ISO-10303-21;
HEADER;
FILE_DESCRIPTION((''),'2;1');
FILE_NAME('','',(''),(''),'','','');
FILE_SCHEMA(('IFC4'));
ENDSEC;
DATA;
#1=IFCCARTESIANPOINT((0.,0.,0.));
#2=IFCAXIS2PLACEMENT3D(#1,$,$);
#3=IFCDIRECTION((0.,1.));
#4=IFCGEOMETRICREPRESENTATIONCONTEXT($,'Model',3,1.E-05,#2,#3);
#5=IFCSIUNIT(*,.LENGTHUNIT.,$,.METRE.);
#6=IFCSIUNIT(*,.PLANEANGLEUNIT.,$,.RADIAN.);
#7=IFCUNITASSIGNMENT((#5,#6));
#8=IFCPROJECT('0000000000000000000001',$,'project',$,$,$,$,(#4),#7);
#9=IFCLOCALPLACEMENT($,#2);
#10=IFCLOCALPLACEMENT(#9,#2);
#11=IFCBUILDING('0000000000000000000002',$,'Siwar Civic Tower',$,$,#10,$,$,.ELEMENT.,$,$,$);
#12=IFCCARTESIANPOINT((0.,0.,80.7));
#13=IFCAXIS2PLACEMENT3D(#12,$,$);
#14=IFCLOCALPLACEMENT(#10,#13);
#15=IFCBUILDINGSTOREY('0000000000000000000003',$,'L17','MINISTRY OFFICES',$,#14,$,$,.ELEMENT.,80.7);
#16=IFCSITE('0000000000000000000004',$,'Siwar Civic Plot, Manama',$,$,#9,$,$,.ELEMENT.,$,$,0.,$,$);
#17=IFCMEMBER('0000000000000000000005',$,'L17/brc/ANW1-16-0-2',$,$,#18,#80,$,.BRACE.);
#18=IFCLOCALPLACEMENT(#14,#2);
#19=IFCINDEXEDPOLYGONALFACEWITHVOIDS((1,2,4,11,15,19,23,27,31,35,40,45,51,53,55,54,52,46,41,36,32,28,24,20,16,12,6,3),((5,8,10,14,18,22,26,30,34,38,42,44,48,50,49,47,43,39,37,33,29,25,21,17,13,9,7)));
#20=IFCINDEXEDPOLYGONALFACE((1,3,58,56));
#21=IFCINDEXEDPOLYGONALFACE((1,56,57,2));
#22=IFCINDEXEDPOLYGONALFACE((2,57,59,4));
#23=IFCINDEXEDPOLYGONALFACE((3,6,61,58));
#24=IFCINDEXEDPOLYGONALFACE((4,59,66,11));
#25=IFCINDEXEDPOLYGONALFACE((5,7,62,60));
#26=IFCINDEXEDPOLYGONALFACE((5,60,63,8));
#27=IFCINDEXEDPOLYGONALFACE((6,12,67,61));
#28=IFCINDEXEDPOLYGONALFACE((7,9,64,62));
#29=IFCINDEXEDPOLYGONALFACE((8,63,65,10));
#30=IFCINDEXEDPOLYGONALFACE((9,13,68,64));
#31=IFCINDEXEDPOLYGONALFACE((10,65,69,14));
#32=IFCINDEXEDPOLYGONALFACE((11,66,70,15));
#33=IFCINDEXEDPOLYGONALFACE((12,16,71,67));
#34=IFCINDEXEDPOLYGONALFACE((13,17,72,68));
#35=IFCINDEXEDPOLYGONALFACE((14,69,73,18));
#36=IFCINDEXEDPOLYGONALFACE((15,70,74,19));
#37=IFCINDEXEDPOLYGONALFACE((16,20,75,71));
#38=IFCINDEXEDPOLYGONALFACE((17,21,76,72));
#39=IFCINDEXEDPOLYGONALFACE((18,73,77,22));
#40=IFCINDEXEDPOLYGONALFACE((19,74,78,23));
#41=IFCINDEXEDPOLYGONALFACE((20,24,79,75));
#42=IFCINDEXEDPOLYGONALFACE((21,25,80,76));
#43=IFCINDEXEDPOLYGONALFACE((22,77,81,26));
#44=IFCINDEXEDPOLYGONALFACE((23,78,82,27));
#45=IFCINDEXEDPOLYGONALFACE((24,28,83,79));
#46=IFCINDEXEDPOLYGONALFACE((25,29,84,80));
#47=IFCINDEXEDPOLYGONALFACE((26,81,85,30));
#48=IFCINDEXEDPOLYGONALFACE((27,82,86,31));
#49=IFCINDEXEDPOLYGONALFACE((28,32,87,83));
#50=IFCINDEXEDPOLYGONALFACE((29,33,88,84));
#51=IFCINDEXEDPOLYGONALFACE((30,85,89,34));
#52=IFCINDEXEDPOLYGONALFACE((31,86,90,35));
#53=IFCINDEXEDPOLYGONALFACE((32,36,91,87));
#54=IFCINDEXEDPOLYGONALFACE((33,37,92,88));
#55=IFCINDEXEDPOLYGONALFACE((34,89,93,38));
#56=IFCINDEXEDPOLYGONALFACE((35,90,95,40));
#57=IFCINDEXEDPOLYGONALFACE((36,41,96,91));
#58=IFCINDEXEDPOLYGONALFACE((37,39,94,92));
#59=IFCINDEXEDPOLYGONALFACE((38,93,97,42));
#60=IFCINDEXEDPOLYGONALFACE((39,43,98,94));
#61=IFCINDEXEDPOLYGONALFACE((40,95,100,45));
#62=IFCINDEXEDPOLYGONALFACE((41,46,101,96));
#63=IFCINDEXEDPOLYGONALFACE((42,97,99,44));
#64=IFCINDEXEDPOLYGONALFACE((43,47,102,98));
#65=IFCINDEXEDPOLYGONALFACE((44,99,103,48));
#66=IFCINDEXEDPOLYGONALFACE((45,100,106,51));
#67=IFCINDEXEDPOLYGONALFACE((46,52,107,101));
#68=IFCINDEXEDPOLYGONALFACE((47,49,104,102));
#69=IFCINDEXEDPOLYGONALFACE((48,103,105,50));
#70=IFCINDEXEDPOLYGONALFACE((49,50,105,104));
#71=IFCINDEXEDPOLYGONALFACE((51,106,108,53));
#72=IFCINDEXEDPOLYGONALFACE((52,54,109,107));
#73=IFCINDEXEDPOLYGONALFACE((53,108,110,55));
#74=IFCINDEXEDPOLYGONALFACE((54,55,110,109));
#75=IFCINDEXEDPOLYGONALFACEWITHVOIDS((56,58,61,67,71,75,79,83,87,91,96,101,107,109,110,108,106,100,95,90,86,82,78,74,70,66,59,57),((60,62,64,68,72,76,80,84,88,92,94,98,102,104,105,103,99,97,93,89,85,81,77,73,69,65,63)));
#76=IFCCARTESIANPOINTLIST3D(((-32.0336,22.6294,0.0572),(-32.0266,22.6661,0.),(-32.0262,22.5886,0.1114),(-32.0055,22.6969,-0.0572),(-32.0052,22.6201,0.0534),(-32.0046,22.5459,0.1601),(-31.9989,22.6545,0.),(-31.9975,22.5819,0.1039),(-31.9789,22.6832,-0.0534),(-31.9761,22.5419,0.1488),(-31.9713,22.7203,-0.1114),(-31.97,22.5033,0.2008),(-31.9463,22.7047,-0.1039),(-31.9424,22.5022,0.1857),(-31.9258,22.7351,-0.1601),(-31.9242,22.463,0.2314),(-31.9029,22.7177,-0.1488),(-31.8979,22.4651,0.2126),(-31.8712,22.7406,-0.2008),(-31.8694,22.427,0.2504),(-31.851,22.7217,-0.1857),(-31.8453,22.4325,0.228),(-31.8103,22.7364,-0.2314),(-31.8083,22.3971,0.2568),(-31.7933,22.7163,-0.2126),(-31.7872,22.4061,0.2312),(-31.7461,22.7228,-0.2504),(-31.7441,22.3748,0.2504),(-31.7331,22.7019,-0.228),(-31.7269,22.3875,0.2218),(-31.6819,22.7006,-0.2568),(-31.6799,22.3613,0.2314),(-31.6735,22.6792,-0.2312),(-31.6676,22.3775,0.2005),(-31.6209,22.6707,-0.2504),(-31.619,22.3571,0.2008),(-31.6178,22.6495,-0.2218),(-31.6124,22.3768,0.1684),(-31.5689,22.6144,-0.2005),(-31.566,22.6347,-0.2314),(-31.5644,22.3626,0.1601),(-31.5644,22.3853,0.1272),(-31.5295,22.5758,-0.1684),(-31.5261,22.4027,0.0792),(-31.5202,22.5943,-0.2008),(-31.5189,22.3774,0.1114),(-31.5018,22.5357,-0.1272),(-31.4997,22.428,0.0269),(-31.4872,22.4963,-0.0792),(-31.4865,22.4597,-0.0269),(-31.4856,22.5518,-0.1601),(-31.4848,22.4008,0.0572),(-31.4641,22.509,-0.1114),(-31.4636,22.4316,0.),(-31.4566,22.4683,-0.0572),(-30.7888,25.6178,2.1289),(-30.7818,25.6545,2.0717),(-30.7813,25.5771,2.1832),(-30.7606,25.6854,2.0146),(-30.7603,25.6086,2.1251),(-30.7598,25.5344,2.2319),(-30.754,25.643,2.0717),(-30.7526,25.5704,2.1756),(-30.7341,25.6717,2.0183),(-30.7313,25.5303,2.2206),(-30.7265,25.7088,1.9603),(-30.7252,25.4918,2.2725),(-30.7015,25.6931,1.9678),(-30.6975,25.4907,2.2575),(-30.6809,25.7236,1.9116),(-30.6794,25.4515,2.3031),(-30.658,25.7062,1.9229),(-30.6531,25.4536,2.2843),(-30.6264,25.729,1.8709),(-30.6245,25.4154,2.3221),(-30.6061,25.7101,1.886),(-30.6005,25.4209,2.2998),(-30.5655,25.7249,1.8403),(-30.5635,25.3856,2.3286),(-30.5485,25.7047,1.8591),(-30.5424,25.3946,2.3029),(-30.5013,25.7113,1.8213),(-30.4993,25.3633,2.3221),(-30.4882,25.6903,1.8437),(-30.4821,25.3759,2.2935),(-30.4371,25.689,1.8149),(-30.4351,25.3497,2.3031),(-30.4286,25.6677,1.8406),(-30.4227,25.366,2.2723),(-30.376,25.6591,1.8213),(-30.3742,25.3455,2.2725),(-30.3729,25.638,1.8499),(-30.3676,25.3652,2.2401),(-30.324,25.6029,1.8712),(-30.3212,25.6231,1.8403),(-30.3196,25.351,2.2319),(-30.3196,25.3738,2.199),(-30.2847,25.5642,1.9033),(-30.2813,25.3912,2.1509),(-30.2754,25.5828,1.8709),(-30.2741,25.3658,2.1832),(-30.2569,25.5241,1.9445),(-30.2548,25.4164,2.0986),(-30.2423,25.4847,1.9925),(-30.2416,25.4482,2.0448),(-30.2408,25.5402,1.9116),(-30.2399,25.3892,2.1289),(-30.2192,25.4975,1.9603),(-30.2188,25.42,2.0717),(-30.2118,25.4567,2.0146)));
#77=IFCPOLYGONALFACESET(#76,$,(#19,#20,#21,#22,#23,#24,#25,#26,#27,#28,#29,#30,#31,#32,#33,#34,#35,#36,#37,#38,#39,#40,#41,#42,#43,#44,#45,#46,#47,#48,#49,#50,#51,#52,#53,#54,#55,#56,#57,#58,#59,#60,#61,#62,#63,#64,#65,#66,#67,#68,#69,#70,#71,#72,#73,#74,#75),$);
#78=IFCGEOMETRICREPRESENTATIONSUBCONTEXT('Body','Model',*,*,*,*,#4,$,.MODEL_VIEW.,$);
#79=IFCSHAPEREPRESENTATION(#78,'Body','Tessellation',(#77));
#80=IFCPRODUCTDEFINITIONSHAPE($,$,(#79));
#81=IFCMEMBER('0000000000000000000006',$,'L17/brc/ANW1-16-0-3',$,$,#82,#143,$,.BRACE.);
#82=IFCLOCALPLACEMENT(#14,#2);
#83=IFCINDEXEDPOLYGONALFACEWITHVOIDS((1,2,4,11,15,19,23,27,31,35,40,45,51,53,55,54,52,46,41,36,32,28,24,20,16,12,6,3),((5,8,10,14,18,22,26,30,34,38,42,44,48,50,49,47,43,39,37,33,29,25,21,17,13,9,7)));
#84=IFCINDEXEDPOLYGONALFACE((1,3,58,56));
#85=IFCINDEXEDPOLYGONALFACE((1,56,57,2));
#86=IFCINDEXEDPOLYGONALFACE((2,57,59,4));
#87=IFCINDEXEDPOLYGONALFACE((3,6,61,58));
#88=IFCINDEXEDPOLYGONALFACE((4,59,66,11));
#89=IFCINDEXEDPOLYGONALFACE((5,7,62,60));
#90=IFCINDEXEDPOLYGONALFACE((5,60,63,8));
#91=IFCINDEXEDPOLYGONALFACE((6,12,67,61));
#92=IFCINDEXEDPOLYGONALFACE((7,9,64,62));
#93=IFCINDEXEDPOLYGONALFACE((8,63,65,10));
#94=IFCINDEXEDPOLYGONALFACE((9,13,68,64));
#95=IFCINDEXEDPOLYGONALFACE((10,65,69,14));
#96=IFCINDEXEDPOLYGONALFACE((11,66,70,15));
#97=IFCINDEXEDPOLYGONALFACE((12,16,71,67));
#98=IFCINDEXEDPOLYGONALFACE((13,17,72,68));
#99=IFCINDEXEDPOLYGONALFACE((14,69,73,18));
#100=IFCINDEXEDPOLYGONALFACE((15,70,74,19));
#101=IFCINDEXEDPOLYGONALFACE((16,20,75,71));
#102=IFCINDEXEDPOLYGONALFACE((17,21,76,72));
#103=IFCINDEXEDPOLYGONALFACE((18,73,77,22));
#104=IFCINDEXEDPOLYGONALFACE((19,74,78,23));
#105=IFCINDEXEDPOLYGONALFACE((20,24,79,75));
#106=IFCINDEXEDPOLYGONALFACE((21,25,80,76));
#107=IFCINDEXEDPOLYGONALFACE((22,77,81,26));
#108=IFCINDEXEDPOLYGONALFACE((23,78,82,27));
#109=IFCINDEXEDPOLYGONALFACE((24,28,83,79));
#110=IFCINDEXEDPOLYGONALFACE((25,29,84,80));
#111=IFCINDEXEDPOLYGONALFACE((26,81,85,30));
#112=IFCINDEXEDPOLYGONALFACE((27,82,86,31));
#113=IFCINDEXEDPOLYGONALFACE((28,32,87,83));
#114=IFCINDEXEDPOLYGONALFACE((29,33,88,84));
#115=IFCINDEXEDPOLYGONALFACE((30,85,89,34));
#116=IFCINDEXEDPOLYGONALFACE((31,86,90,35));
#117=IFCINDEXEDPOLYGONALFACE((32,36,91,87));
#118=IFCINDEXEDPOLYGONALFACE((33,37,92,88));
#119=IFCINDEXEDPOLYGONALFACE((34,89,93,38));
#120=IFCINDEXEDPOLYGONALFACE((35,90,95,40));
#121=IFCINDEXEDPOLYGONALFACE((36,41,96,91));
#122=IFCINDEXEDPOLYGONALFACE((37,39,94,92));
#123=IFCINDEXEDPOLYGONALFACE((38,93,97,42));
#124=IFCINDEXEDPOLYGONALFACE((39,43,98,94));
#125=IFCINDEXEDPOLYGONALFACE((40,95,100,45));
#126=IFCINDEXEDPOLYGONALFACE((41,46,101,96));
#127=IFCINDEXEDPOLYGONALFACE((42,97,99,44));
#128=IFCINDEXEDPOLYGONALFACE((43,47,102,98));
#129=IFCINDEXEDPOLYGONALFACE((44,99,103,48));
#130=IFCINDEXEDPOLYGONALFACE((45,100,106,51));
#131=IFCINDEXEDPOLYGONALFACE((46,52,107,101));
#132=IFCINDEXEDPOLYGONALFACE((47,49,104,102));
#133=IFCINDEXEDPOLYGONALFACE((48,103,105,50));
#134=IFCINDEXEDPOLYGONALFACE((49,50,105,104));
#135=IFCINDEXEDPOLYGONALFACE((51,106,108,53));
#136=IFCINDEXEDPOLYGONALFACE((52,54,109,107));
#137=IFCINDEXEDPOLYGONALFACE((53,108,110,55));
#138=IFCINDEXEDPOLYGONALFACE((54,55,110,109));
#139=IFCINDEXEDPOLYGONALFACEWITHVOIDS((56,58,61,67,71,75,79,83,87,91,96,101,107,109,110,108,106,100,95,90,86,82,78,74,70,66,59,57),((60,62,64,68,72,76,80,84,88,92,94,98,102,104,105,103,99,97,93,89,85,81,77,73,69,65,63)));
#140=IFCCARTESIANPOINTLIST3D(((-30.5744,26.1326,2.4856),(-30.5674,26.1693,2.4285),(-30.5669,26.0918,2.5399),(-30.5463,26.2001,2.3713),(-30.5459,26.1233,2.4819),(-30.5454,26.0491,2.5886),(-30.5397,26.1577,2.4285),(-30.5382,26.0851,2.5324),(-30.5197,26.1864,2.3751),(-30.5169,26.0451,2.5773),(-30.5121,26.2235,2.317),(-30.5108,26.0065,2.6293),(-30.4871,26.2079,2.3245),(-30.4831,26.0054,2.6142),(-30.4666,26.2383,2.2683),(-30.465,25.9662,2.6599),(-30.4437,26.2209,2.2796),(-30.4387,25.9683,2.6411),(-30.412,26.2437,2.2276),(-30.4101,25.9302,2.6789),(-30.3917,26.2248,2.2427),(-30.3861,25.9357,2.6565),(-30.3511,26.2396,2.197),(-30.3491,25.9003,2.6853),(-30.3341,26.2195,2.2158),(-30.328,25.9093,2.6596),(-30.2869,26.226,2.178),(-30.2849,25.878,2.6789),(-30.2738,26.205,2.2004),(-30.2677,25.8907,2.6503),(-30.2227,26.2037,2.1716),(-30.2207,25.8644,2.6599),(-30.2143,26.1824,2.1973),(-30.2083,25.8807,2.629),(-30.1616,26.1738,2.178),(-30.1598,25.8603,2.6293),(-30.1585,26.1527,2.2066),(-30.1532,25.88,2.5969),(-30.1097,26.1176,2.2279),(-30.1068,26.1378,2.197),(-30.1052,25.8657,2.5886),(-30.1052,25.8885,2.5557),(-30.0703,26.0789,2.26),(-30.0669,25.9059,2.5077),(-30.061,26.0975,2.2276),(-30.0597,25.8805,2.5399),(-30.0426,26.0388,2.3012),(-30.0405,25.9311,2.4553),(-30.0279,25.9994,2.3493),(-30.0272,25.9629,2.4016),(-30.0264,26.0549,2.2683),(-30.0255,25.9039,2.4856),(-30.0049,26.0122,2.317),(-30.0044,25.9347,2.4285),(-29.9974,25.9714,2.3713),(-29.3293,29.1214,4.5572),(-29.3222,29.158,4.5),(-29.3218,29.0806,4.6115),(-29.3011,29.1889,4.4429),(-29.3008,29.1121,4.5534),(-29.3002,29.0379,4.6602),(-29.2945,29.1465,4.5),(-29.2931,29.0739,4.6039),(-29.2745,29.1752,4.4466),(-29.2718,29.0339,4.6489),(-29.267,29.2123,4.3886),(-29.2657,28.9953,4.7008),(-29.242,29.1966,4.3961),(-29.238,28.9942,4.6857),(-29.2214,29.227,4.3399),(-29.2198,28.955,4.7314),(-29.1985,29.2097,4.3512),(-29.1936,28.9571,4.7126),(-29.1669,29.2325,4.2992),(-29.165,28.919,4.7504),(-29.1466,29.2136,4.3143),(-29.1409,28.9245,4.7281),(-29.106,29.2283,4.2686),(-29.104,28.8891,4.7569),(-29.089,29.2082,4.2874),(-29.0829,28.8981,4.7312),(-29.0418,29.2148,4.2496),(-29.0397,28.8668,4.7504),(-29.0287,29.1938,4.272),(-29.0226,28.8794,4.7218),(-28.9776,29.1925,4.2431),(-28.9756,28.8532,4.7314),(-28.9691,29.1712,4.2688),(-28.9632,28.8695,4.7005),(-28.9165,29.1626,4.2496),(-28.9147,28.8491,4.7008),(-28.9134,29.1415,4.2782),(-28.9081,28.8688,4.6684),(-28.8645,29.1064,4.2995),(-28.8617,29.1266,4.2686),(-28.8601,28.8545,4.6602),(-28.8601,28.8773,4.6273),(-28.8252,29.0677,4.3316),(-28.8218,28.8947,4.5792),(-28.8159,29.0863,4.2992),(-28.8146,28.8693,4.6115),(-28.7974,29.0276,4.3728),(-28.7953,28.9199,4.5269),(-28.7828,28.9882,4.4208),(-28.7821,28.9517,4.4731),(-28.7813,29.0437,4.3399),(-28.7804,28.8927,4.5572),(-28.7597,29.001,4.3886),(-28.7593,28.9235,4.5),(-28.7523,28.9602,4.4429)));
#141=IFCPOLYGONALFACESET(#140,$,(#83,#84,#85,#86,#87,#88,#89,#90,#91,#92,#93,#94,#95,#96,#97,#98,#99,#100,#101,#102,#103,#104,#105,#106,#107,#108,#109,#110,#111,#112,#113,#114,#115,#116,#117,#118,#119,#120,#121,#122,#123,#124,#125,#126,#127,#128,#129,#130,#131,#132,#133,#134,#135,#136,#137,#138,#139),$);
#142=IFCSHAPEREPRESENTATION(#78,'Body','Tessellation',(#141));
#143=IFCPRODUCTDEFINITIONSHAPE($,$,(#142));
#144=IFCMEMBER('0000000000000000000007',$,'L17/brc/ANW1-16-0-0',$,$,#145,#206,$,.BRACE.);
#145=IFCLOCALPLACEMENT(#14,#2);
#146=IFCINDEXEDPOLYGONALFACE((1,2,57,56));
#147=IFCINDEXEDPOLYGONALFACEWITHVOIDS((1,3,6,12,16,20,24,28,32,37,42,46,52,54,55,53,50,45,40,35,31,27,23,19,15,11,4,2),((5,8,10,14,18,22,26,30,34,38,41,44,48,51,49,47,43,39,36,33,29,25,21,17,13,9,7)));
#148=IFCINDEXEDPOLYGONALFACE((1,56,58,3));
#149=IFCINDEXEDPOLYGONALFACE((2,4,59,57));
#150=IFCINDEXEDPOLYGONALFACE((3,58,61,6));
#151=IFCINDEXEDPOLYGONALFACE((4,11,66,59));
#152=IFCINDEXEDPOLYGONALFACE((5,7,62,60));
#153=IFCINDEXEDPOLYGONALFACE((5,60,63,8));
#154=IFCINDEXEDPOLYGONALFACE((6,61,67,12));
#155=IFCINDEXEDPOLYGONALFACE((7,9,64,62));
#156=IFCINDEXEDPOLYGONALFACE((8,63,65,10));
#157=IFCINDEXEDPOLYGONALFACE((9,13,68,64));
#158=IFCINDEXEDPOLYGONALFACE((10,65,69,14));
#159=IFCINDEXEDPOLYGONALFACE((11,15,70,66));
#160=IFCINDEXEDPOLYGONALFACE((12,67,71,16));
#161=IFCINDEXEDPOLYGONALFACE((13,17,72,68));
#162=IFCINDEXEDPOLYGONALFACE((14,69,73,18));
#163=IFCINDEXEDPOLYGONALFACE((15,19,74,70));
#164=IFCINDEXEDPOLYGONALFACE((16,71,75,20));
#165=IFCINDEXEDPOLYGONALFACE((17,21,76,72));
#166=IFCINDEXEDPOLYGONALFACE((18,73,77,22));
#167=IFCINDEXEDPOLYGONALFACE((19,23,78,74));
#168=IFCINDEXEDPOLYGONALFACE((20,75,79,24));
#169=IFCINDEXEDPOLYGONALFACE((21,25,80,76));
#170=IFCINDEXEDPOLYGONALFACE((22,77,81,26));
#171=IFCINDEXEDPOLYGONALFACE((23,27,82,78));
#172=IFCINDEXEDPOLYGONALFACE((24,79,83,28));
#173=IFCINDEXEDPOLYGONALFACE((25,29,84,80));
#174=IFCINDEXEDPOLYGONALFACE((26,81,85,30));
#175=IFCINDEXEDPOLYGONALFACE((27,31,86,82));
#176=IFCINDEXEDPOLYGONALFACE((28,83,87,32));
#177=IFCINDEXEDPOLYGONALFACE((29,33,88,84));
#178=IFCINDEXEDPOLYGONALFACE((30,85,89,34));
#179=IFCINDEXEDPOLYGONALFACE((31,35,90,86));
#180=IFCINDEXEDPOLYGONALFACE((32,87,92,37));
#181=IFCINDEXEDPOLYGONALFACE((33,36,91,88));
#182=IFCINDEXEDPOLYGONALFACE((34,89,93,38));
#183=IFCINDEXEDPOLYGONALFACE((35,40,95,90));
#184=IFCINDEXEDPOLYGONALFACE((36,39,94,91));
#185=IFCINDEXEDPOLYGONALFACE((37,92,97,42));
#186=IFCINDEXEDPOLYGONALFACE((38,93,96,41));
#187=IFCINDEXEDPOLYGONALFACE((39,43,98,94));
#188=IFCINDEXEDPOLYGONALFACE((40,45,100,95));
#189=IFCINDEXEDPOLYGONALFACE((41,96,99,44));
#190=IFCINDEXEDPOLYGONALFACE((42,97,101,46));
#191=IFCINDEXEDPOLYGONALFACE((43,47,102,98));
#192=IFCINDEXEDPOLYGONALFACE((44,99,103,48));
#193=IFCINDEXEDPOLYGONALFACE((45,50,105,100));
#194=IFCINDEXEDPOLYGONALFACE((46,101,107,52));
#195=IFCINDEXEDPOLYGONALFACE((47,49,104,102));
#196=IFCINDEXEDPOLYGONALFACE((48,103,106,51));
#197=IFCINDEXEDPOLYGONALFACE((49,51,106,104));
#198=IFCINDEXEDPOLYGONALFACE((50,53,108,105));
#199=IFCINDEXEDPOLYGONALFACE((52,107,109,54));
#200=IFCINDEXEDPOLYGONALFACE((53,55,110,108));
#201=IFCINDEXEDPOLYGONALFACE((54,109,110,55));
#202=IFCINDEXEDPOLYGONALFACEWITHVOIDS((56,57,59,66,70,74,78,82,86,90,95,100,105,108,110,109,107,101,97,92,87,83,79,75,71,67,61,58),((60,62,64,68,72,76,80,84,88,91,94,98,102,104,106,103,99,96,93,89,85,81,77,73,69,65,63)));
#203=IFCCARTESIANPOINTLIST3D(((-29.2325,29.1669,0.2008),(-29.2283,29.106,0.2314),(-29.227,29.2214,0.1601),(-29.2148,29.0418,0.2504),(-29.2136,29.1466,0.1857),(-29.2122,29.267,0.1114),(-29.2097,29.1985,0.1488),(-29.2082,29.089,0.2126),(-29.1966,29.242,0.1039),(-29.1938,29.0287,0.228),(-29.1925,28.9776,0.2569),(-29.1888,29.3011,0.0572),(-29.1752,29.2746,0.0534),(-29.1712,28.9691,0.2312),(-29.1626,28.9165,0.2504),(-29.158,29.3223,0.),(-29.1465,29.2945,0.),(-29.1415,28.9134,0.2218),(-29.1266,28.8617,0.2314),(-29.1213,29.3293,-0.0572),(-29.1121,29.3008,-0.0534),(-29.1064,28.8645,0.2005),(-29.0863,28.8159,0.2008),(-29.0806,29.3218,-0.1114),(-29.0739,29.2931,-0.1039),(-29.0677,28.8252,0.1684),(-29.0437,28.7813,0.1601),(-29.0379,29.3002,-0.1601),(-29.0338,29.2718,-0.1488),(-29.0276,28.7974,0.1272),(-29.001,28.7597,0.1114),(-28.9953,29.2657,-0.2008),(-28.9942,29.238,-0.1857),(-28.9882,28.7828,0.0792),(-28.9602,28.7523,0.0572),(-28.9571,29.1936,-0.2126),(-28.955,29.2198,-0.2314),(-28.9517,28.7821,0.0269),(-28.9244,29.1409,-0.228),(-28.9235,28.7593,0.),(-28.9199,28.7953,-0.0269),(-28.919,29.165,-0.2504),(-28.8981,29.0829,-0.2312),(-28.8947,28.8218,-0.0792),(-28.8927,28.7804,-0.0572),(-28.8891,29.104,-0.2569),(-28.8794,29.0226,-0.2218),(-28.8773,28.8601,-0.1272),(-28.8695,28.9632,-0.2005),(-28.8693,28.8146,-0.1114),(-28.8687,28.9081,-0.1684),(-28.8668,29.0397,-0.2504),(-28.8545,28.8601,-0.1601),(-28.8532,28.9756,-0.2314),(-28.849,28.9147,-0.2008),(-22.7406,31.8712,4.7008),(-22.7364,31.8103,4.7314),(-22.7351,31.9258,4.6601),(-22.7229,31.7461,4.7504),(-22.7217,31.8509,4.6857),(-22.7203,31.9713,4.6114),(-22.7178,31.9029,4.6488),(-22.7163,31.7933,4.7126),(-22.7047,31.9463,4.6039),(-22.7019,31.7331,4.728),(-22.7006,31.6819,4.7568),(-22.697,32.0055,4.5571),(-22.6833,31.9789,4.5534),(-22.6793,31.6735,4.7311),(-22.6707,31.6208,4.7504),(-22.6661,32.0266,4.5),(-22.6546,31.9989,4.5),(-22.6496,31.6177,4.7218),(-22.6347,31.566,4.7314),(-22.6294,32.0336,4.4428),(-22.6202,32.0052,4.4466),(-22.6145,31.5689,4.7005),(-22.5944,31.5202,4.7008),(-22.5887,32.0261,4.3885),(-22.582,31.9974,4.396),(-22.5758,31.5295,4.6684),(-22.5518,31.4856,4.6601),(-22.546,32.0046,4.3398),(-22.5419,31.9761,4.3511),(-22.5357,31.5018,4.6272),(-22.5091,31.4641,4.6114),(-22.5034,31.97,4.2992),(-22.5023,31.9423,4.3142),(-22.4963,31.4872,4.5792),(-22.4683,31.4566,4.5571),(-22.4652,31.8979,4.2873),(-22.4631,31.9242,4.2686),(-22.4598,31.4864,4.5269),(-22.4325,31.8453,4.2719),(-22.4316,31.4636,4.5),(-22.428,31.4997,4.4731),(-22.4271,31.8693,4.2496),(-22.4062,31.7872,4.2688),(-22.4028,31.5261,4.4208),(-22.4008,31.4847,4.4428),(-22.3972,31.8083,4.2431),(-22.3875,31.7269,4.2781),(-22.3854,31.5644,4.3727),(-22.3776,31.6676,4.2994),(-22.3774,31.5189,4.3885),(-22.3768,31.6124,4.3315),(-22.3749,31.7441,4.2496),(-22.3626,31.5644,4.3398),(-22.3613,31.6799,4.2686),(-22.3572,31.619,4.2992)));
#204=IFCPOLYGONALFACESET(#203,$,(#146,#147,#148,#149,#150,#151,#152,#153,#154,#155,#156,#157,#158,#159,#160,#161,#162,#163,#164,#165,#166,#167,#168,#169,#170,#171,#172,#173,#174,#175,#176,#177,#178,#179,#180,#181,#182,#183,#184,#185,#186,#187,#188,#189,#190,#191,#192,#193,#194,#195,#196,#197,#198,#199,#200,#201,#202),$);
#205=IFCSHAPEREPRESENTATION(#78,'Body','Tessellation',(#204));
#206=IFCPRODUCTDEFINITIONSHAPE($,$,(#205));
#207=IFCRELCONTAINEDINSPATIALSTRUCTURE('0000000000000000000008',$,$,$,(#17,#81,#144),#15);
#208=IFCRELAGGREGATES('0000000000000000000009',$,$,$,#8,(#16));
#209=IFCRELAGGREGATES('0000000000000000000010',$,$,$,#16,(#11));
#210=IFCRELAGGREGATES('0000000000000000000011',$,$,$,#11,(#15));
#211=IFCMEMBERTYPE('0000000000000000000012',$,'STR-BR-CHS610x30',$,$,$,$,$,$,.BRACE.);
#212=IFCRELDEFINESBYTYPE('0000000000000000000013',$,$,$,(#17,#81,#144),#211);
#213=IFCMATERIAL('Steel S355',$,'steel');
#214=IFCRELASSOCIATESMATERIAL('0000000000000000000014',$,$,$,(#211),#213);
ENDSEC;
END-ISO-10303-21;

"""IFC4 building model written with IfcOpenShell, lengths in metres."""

from ifc_helpers import new_model, si_unit, direction, frame, origin, origin_2d, place, context, subcontext, project, spatial, hollow_circle, extrude, material, material_profile, profile_set, type_object, element, save


model = new_model("IFC4")

# Units and contexts
model_context = context("Model", 3, precision=1e-05, world=origin(), true_north=direction((0.0, 1.0)))
body_context = subcontext(model_context, "Body", "Model", "MODEL_VIEW")
ifc_project = project(units=[si_unit("LENGTHUNIT", "METRE"), si_unit("PLANEANGLEUNIT", "RADIAN")], contexts=[model_context])

# Site, building, storey
site_placement = place(None, origin())
site = spatial("IfcSite", under=ifc_project, at=site_placement, Name="Siwar Civic Plot, Manama", CompositionType="ELEMENT", RefElevation=0.0)
building_placement = place(site_placement, origin())
building = spatial("IfcBuilding", under=site, at=building_placement, Name="Siwar Civic Tower", CompositionType="ELEMENT")
storey_placement = place(building_placement, frame((0.0, 0.0, 80.7)))
storey = spatial("IfcBuildingStorey", under=building, at=storey_placement, Name="L17", Description="MINISTRY OFFICES", CompositionType="ELEMENT", Elevation=80.7)

# Members
ifc_material_1 = material(Name="Steel S355", Category="steel")
ifc_material_profile_1 = material_profile(ifc_material_1, hollow_circle(Radius=0.3049, WallThickness=0.03, at=origin_2d()), Name="CHS610x30")
ifc_profile_set_1 = profile_set([ifc_material_profile_1], Name="Steel S355")
member_type_1 = type_object("IfcMemberType", Name="STR-BR-CHS610x30", PredefinedType="BRACE", material=ifc_profile_set_1)
member_1_placement = place(storey_placement, frame((-31.7451, 22.5488, 0.0), z_axis=(0.323882, 0.777533, 0.53902), x_axis=(-0.923115, 0.384524, 0.0)))
element("IfcMember", 1, at=member_1_placement, inside=storey, type_object=member_type_1, Name="L17/brc/ANW1-16-0-2", PredefinedType="BRACE", context=body_context, shape_type="SweptSolid", body=[
    extrude(hollow_circle(Radius=0.3049, WallThickness=0.03, at=origin_2d()), origin(), (0.0, 0.0, 1.0), 3.8435),
])
member_2_placement = place(storey_placement, frame((-30.2859, 26.052, 2.4285), z_axis=(0.323934, 0.777569, 0.538937), x_axis=(-0.923099, 0.384562, 0.0)))
element("IfcMember", 2, at=member_2_placement, inside=storey, type_object=member_type_1, Name="L17/brc/ANW1-16-0-3", PredefinedType="BRACE", context=body_context, shape_type="SweptSolid", body=[
    extrude(hollow_circle(Radius=0.3049, WallThickness=0.03, at=origin_2d()), origin(), (0.0, 0.0, 1.0), 3.8438),
])
member_3_placement = place(storey_placement, frame((-29.0408, 29.0408, 0.0), z_axis=(0.777555, 0.323906, 0.538975), x_axis=(-0.384539, 0.923109, 0.0)))
element("IfcMember", 3, at=member_3_placement, inside=storey, type_object=member_type_1, Name="L17/brc/ANW1-16-0-0", PredefinedType="BRACE", context=body_context, shape_type="SweptSolid", body=[
    extrude(hollow_circle(Radius=0.3049, WallThickness=0.03, at=origin_2d()), origin(), (0.0, 0.0, 1.0), 8.3491),
])

save(model, "model.ifc")
